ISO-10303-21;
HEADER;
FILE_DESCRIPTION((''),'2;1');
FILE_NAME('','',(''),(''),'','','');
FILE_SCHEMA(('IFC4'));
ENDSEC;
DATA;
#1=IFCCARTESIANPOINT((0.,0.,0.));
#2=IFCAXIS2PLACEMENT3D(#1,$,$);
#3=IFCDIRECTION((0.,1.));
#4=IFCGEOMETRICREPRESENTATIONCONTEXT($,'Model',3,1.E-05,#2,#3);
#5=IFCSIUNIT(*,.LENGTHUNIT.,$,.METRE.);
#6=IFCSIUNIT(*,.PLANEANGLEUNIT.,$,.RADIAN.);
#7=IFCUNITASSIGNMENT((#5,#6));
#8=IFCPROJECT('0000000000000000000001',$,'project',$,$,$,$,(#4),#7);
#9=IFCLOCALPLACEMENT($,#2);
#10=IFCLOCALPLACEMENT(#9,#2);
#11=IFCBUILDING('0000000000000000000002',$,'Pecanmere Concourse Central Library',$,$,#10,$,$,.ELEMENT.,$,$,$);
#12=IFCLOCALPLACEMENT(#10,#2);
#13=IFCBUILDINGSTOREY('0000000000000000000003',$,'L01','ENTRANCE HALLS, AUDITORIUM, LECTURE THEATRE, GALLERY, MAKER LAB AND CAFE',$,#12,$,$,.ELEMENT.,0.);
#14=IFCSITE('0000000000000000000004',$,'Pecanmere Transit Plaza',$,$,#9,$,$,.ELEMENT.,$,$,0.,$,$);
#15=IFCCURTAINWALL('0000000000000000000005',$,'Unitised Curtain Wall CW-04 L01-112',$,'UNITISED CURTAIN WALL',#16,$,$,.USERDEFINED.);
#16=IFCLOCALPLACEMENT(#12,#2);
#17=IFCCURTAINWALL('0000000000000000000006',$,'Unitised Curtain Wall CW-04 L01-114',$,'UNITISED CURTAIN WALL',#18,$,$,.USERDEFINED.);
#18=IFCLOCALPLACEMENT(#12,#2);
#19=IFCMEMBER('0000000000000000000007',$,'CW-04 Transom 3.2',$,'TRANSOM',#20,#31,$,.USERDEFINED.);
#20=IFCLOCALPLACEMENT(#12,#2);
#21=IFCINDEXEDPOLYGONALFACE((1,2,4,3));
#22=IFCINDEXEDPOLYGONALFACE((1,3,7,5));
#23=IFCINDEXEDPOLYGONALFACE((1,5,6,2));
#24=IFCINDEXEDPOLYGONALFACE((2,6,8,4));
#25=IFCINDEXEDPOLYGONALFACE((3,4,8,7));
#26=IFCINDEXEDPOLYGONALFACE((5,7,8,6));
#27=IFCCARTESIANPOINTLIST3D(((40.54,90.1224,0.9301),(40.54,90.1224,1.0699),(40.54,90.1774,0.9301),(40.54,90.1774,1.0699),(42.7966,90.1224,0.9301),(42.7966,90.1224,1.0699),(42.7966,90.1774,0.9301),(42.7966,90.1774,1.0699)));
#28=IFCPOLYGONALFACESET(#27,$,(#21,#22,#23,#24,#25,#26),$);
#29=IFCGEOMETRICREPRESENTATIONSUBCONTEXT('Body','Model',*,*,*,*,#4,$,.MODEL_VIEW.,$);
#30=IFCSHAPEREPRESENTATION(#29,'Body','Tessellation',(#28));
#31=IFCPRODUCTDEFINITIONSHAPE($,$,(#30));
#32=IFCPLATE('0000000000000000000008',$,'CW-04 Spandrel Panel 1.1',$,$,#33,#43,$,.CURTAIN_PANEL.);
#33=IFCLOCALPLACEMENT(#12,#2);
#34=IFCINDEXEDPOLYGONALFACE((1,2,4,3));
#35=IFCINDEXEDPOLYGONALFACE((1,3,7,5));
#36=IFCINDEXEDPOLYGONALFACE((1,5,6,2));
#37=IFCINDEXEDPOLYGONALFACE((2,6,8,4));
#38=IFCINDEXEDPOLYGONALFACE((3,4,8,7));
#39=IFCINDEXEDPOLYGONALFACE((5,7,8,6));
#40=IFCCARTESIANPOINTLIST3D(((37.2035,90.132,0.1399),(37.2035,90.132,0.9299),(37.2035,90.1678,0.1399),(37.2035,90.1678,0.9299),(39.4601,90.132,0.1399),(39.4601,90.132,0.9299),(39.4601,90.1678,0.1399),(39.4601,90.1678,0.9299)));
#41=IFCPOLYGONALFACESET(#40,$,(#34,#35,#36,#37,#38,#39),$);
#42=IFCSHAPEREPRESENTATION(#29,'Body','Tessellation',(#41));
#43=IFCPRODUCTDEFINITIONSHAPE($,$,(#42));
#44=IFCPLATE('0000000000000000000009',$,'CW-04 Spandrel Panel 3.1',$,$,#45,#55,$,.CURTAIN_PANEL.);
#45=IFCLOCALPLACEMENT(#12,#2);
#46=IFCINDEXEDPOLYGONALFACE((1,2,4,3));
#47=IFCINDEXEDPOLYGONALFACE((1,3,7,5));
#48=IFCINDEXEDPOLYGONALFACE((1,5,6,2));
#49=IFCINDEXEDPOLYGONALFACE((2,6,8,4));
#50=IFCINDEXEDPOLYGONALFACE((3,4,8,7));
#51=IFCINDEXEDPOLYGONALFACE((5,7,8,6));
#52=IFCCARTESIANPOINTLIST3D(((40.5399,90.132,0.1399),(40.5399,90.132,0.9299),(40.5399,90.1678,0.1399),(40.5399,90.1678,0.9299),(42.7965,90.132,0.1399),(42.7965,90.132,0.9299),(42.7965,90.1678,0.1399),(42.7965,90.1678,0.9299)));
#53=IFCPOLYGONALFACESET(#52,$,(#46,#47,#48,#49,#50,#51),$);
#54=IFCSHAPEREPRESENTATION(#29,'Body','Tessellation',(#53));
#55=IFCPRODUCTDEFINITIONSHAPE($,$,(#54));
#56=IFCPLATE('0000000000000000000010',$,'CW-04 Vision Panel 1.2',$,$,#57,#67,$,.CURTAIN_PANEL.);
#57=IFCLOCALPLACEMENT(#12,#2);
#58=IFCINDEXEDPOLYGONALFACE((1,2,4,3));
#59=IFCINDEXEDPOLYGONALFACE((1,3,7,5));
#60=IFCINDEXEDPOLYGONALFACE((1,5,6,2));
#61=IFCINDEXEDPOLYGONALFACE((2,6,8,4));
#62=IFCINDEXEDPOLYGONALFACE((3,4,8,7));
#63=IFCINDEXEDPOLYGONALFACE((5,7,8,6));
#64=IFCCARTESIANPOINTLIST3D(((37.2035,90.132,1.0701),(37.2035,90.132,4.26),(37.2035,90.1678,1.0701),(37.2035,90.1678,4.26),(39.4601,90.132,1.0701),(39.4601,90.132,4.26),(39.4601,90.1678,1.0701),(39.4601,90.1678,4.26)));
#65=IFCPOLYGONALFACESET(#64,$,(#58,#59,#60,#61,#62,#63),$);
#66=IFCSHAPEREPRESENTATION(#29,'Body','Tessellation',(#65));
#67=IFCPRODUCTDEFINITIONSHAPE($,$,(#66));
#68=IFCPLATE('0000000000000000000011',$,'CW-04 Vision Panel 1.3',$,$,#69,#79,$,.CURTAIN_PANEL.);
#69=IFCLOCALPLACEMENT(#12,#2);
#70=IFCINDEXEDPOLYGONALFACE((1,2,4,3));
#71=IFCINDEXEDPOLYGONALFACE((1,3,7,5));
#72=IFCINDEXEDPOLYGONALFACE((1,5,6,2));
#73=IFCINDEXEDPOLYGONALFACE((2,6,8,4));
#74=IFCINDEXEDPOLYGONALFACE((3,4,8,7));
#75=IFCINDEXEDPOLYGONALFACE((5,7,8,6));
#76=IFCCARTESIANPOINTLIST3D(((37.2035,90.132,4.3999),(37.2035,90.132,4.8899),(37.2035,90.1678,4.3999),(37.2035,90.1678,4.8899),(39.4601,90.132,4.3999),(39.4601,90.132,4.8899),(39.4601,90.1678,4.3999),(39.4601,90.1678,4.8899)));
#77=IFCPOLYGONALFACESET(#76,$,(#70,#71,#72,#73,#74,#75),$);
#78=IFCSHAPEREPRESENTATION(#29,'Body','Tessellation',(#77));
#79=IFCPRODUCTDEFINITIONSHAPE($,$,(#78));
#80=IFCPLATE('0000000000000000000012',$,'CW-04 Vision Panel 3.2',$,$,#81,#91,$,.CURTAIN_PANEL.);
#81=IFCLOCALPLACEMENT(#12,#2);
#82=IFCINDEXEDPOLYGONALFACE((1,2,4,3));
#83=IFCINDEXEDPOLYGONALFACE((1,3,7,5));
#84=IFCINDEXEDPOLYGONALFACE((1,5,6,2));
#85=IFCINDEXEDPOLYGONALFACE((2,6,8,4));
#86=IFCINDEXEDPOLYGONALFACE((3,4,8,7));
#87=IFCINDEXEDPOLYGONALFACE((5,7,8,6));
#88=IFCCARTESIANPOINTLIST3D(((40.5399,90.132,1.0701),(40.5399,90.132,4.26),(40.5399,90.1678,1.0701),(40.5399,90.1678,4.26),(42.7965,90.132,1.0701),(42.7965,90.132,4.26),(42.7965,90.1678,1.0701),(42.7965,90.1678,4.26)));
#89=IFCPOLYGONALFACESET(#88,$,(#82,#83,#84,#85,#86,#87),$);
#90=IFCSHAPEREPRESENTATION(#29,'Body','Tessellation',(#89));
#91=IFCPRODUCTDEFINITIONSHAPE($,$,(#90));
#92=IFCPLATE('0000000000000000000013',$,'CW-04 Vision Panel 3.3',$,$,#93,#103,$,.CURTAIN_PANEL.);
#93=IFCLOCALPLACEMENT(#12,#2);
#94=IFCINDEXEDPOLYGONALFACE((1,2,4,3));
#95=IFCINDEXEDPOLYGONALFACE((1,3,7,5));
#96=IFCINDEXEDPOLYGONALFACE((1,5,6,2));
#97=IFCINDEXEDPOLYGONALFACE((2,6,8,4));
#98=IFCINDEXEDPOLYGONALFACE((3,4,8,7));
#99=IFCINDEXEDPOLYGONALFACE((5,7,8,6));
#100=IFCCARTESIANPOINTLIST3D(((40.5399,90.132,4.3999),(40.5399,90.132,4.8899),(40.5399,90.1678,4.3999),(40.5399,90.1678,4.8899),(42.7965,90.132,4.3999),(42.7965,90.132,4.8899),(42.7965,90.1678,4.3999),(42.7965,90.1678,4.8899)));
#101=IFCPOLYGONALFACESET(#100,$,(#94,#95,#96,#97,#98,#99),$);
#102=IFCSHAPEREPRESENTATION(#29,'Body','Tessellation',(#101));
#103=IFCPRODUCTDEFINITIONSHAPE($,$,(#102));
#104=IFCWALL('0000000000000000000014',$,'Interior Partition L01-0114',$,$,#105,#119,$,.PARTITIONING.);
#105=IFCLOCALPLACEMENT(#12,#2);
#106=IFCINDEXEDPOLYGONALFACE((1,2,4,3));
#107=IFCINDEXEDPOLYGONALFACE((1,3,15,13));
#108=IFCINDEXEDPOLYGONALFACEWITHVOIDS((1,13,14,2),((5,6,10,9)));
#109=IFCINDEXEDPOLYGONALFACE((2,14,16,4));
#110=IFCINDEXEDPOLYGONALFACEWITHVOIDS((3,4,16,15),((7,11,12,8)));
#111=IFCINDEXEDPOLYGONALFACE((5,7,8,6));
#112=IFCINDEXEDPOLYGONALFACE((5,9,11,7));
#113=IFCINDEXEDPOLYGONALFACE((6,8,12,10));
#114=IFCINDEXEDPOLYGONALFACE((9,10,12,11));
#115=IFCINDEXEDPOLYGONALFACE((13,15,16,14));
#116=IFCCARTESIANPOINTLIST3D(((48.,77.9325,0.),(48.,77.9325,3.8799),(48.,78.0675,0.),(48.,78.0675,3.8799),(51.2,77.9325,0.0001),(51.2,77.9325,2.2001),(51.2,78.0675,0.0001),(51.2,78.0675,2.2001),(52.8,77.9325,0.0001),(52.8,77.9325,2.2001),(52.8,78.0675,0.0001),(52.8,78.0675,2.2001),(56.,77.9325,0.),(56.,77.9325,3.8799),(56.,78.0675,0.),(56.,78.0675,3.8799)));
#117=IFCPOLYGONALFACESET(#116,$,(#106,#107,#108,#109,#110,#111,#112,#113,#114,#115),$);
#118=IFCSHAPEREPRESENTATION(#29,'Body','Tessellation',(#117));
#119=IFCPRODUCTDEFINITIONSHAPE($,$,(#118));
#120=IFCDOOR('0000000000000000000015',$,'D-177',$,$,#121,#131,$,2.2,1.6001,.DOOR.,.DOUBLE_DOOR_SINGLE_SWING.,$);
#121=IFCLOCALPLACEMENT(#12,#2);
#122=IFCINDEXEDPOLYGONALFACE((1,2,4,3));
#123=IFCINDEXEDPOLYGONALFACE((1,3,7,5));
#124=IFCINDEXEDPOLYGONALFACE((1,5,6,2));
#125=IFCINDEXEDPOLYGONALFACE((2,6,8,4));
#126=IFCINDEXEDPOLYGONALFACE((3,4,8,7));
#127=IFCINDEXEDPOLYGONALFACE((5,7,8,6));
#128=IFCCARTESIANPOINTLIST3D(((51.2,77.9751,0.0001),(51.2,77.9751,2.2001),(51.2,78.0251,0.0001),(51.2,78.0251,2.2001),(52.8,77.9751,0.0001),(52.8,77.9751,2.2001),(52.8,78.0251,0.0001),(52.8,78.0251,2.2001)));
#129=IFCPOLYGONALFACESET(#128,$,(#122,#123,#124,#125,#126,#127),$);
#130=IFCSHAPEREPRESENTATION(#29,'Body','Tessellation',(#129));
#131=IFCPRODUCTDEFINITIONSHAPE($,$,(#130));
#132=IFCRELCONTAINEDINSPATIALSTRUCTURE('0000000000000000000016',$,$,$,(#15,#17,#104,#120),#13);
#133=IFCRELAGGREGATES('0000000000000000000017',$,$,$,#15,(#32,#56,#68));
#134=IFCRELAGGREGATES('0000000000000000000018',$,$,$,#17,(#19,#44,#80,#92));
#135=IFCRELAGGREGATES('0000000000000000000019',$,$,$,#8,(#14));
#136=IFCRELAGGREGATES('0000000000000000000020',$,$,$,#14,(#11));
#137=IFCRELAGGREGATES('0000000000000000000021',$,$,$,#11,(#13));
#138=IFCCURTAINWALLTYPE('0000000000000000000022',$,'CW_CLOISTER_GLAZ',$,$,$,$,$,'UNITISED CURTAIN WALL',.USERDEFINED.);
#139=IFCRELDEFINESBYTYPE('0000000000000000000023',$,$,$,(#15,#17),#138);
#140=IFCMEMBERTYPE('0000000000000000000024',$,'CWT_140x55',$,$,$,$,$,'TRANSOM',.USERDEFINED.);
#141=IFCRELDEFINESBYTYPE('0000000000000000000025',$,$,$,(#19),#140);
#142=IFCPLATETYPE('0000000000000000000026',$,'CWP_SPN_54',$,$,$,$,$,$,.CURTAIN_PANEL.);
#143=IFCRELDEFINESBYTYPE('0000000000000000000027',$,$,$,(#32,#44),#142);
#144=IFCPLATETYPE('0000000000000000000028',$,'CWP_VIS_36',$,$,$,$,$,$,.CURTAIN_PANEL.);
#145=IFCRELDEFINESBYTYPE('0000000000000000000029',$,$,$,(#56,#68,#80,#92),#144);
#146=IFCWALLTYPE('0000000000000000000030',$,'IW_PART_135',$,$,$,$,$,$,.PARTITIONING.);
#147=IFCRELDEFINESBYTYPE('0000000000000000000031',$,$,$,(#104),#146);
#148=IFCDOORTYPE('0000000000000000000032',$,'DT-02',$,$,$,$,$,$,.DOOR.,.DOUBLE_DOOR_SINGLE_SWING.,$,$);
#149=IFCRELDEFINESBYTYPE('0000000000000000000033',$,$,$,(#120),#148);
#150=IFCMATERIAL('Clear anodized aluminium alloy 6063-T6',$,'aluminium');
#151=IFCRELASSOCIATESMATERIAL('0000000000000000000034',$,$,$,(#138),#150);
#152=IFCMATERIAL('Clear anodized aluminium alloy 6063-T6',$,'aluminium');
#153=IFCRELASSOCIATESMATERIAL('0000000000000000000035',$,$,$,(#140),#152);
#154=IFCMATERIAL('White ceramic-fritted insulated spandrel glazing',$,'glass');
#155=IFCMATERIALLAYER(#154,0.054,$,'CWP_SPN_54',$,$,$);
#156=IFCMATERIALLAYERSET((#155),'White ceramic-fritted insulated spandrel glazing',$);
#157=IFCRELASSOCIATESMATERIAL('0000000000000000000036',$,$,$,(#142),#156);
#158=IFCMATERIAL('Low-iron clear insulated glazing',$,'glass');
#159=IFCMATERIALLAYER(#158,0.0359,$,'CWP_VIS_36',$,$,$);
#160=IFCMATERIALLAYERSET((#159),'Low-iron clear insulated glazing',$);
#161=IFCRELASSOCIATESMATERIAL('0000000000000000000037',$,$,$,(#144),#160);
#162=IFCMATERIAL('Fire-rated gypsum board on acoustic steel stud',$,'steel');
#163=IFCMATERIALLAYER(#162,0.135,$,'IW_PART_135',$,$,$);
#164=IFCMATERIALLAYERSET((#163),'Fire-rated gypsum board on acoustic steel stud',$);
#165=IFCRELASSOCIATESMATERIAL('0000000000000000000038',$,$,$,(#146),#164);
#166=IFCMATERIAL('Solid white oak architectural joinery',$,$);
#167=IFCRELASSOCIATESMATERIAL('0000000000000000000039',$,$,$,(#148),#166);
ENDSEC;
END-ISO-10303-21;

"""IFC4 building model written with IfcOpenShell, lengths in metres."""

from ifc_helpers import new_model, si_unit, direction, frame, frame_2d, origin, origin_2d, place, context, subcontext, project, spatial, rectangle, extrude, material, layer, layer_set, material_profile, profile_set, type_object, element, fill, aggregate, save


model = new_model("IFC4")

# Units and contexts
model_context = context("Model", 3, precision=1e-05, world=origin(), true_north=direction((0.0, 1.0)))
body_context = subcontext(model_context, "Body", "Model", "MODEL_VIEW")
ifc_project = project(units=[si_unit("LENGTHUNIT", "METRE"), si_unit("PLANEANGLEUNIT", "RADIAN")], contexts=[model_context])

# Site, building, storey
site_placement = place(None, origin())
site = spatial("IfcSite", under=ifc_project, at=site_placement, Name="Pecanmere Transit Plaza", CompositionType="ELEMENT", RefElevation=0.0)
building_placement = place(site_placement, origin())
building = spatial("IfcBuilding", under=site, at=building_placement, Name="Pecanmere Concourse Central Library", CompositionType="ELEMENT")
storey_placement = place(building_placement, origin())
storey = spatial("IfcBuildingStorey", under=building, at=storey_placement, Name="L01", Description="ENTRANCE HALLS, AUDITORIUM, LECTURE THEATRE, GALLERY, MAKER LAB AND CAFE", CompositionType="ELEMENT", Elevation=0.0)

# Curtain wall
ifc_material_1 = material(Name="Clear anodized aluminium alloy 6063-T6", Category="aluminium")
curtain_wall_type = type_object("IfcCurtainWallType", Name="CW_CLOISTER_GLAZ", ElementType="UNITISED CURTAIN WALL", PredefinedType="USERDEFINED", material=ifc_material_1)
curtain_wall_1_placement = place(storey_placement, origin())
curtain_wall_1 = element("IfcCurtainWall", 1, at=curtain_wall_1_placement, inside=storey, type_object=curtain_wall_type, Name="Unitised Curtain Wall CW-04 L01-112", ObjectType="UNITISED CURTAIN WALL", PredefinedType="USERDEFINED")

# Curtain wall
curtain_wall_2_placement = place(storey_placement, origin())
curtain_wall_2 = element("IfcCurtainWall", 2, at=curtain_wall_2_placement, inside=storey, type_object=curtain_wall_type, Name="Unitised Curtain Wall CW-04 L01-114", ObjectType="UNITISED CURTAIN WALL", PredefinedType="USERDEFINED")

# Member
ifc_material_2 = material(Name="Clear anodized aluminium alloy 6063-T6", Category="aluminium")
ifc_material_profile_1 = material_profile(ifc_material_2, rectangle(XDim=0.0549, YDim=0.1399, at=origin_2d()), Name="AL 55x140")
ifc_profile_set_1 = profile_set([ifc_material_profile_1], Name="Clear anodized aluminium alloy 6063-T6")
member_type_1 = type_object("IfcMemberType", Name="CWT_140x55", ElementType="TRANSOM", PredefinedType="USERDEFINED", material=ifc_profile_set_1)
member_1_placement = place(storey_placement, frame((42.7966, 90.1499, 1.0), z_axis=(-1.0, 0.0, 0.0), x_axis=(0.0, -1.0, 0.0)))
member_1 = element("IfcMember", 3, at=member_1_placement, type_object=member_type_1, Name="CW-04 Transom 3.2", ObjectType="TRANSOM", PredefinedType="USERDEFINED", context=body_context, shape_type="SweptSolid", body=[
    extrude(rectangle(XDim=0.0549, YDim=0.1399, at=origin_2d()), origin(), (0.0, 0.0, 1.0), 2.2566),
])

# Plates
ifc_material_3 = material(Name="White ceramic-fritted insulated spandrel glazing", Category="glass")
ifc_layer_1 = layer(ifc_material_3, 0.054, Name="CWP_SPN_54")
ifc_layer_set_1 = layer_set([ifc_layer_1], Name="White ceramic-fritted insulated spandrel glazing")
plate_type_1 = type_object("IfcPlateType", Name="CWP_SPN_54", PredefinedType="CURTAIN_PANEL", material=ifc_layer_set_1)
plate_1_placement = place(storey_placement, frame((38.3318, 90.1499, 0.1399), z_axis=(0.0, 0.0, 1.0), x_axis=(-1.0, 0.0, 0.0)))
plate_1 = element("IfcPlate", 4, at=plate_1_placement, type_object=plate_type_1, Name="CW-04 Spandrel Panel 1.1", PredefinedType="CURTAIN_PANEL", context=body_context, shape_type="SweptSolid", body=[
    extrude(rectangle(XDim=2.2566, YDim=0.0359, at=origin_2d()), origin(), (0.0, 0.0, 1.0), 0.79),
])
plate_2_placement = place(storey_placement, frame((41.6682, 90.1499, 0.1399), z_axis=(0.0, 0.0, 1.0), x_axis=(-1.0, 0.0, 0.0)))
plate_2 = element("IfcPlate", 5, at=plate_2_placement, type_object=plate_type_1, Name="CW-04 Spandrel Panel 3.1", PredefinedType="CURTAIN_PANEL", context=body_context, shape_type="SweptSolid", body=[
    extrude(rectangle(XDim=2.2566, YDim=0.0359, at=origin_2d()), origin(), (0.0, 0.0, 1.0), 0.79),
])
ifc_material_4 = material(Name="Low-iron clear insulated glazing", Category="glass")
ifc_layer_2 = layer(ifc_material_4, 0.0359, Name="CWP_VIS_36")
ifc_layer_set_2 = layer_set([ifc_layer_2], Name="Low-iron clear insulated glazing")
plate_type_2 = type_object("IfcPlateType", Name="CWP_VIS_36", PredefinedType="CURTAIN_PANEL", material=ifc_layer_set_2)
plate_3_placement = place(storey_placement, frame((38.3318, 90.1499, 1.0701), z_axis=(0.0, 0.0, 1.0), x_axis=(-1.0, 0.0, 0.0)))
plate_3 = element("IfcPlate", 6, at=plate_3_placement, type_object=plate_type_2, Name="CW-04 Vision Panel 1.2", PredefinedType="CURTAIN_PANEL", context=body_context, shape_type="SweptSolid", body=[
    extrude(rectangle(XDim=2.2566, YDim=0.0359, at=origin_2d()), origin(), (0.0, 0.0, 1.0), 3.1899),
])
plate_4_placement = place(storey_placement, frame((38.3318, 90.1499, 4.3999), z_axis=(0.0, 0.0, 1.0), x_axis=(-1.0, 0.0, 0.0)))
plate_4 = element("IfcPlate", 7, at=plate_4_placement, type_object=plate_type_2, Name="CW-04 Vision Panel 1.3", PredefinedType="CURTAIN_PANEL", context=body_context, shape_type="SweptSolid", body=[
    extrude(rectangle(XDim=2.2566, YDim=0.0359, at=origin_2d()), origin(), (0.0, 0.0, 1.0), 0.49),
])
aggregate(curtain_wall_1, [plate_1, plate_3, plate_4])
plate_5_placement = place(storey_placement, frame((41.6682, 90.1499, 1.0701), z_axis=(0.0, 0.0, 1.0), x_axis=(-1.0, 0.0, 0.0)))
plate_5 = element("IfcPlate", 8, at=plate_5_placement, type_object=plate_type_2, Name="CW-04 Vision Panel 3.2", PredefinedType="CURTAIN_PANEL", context=body_context, shape_type="SweptSolid", body=[
    extrude(rectangle(XDim=2.2566, YDim=0.0359, at=origin_2d()), origin(), (0.0, 0.0, 1.0), 3.1899),
])
plate_6_placement = place(storey_placement, frame((41.6682, 90.1499, 4.3999), z_axis=(0.0, 0.0, 1.0), x_axis=(-1.0, 0.0, 0.0)))
plate_6 = element("IfcPlate", 9, at=plate_6_placement, type_object=plate_type_2, Name="CW-04 Vision Panel 3.3", PredefinedType="CURTAIN_PANEL", context=body_context, shape_type="SweptSolid", body=[
    extrude(rectangle(XDim=2.2566, YDim=0.0359, at=origin_2d()), origin(), (0.0, 0.0, 1.0), 0.49),
])
aggregate(curtain_wall_2, [member_1, plate_2, plate_5, plate_6])

# Wall, opening, door
ifc_material_5 = material(Name="Fire-rated gypsum board on acoustic steel stud", Category="steel")
ifc_layer_3 = layer(ifc_material_5, 0.135, Name="IW_PART_135")
ifc_layer_set_3 = layer_set([ifc_layer_3], Name="Fire-rated gypsum board on acoustic steel stud")
wall_type = type_object("IfcWallType", Name="IW_PART_135", PredefinedType="PARTITIONING", material=ifc_layer_set_3)
wall_placement = place(storey_placement, frame((48.0, 78.0, 0.0), z_axis=(0.0, 0.0, 1.0), x_axis=(1.0, 0.0, 0.0)))
wall = element("IfcWall", 10, at=wall_placement, inside=storey, type_object=wall_type, Name="Interior Partition L01-0114", PredefinedType="PARTITIONING", context=body_context, shape_type="SweptSolid", body=[
    extrude(rectangle(XDim=8.0, YDim=0.135, at=frame_2d((4.0, 0.0))), origin(), (0.0, 0.0, 1.0), 3.8799),
])
opening_placement = place(wall_placement, frame((3.2, 0.0, 0.0)))
opening = element("IfcOpeningElement", 11, at=opening_placement, cuts=wall, PredefinedType="OPENING", context=body_context, shape_type="SweptSolid", body=[
    extrude(rectangle(XDim=1.6001, YDim=2.2, at=frame_2d((0.8, 1.1001))), frame((0.0, 0.0796, 0.0), z_axis=(0.0, -1.0, 0.0), x_axis=(1.0, 0.0, 0.0)), (0.0, 0.0, 1.0), 0.1589),
])
ifc_material_6 = material(Name="Solid white oak architectural joinery")
door_type = type_object("IfcDoorType", Name="DT-02", OperationType="DOUBLE_DOOR_SINGLE_SWING", PredefinedType="DOOR", material=ifc_material_6)
door_placement = place(opening_placement, frame((1.6001, 0.0, 0.0), z_axis=(0.0, 0.0, 1.0), x_axis=(-1.0, 0.0, 0.0)))
door = element("IfcDoor", 12, at=door_placement, inside=storey, type_object=door_type, Name="D-177", OperationType="DOUBLE_DOOR_SINGLE_SWING", OverallHeight=2.2, OverallWidth=1.6001, PredefinedType="DOOR", context=body_context, shape_type="SweptSolid", body=[
    extrude(rectangle(XDim=1.6001, YDim=2.2, at=frame_2d((0.8, 1.1001))), frame((0.0, 0.0249, 0.0), z_axis=(0.0, -1.0, 0.0), x_axis=(1.0, 0.0, 0.0)), (0.0, 0.0, 1.0), 0.05),
])
fill(opening, door)

save(model, "model.ifc")
